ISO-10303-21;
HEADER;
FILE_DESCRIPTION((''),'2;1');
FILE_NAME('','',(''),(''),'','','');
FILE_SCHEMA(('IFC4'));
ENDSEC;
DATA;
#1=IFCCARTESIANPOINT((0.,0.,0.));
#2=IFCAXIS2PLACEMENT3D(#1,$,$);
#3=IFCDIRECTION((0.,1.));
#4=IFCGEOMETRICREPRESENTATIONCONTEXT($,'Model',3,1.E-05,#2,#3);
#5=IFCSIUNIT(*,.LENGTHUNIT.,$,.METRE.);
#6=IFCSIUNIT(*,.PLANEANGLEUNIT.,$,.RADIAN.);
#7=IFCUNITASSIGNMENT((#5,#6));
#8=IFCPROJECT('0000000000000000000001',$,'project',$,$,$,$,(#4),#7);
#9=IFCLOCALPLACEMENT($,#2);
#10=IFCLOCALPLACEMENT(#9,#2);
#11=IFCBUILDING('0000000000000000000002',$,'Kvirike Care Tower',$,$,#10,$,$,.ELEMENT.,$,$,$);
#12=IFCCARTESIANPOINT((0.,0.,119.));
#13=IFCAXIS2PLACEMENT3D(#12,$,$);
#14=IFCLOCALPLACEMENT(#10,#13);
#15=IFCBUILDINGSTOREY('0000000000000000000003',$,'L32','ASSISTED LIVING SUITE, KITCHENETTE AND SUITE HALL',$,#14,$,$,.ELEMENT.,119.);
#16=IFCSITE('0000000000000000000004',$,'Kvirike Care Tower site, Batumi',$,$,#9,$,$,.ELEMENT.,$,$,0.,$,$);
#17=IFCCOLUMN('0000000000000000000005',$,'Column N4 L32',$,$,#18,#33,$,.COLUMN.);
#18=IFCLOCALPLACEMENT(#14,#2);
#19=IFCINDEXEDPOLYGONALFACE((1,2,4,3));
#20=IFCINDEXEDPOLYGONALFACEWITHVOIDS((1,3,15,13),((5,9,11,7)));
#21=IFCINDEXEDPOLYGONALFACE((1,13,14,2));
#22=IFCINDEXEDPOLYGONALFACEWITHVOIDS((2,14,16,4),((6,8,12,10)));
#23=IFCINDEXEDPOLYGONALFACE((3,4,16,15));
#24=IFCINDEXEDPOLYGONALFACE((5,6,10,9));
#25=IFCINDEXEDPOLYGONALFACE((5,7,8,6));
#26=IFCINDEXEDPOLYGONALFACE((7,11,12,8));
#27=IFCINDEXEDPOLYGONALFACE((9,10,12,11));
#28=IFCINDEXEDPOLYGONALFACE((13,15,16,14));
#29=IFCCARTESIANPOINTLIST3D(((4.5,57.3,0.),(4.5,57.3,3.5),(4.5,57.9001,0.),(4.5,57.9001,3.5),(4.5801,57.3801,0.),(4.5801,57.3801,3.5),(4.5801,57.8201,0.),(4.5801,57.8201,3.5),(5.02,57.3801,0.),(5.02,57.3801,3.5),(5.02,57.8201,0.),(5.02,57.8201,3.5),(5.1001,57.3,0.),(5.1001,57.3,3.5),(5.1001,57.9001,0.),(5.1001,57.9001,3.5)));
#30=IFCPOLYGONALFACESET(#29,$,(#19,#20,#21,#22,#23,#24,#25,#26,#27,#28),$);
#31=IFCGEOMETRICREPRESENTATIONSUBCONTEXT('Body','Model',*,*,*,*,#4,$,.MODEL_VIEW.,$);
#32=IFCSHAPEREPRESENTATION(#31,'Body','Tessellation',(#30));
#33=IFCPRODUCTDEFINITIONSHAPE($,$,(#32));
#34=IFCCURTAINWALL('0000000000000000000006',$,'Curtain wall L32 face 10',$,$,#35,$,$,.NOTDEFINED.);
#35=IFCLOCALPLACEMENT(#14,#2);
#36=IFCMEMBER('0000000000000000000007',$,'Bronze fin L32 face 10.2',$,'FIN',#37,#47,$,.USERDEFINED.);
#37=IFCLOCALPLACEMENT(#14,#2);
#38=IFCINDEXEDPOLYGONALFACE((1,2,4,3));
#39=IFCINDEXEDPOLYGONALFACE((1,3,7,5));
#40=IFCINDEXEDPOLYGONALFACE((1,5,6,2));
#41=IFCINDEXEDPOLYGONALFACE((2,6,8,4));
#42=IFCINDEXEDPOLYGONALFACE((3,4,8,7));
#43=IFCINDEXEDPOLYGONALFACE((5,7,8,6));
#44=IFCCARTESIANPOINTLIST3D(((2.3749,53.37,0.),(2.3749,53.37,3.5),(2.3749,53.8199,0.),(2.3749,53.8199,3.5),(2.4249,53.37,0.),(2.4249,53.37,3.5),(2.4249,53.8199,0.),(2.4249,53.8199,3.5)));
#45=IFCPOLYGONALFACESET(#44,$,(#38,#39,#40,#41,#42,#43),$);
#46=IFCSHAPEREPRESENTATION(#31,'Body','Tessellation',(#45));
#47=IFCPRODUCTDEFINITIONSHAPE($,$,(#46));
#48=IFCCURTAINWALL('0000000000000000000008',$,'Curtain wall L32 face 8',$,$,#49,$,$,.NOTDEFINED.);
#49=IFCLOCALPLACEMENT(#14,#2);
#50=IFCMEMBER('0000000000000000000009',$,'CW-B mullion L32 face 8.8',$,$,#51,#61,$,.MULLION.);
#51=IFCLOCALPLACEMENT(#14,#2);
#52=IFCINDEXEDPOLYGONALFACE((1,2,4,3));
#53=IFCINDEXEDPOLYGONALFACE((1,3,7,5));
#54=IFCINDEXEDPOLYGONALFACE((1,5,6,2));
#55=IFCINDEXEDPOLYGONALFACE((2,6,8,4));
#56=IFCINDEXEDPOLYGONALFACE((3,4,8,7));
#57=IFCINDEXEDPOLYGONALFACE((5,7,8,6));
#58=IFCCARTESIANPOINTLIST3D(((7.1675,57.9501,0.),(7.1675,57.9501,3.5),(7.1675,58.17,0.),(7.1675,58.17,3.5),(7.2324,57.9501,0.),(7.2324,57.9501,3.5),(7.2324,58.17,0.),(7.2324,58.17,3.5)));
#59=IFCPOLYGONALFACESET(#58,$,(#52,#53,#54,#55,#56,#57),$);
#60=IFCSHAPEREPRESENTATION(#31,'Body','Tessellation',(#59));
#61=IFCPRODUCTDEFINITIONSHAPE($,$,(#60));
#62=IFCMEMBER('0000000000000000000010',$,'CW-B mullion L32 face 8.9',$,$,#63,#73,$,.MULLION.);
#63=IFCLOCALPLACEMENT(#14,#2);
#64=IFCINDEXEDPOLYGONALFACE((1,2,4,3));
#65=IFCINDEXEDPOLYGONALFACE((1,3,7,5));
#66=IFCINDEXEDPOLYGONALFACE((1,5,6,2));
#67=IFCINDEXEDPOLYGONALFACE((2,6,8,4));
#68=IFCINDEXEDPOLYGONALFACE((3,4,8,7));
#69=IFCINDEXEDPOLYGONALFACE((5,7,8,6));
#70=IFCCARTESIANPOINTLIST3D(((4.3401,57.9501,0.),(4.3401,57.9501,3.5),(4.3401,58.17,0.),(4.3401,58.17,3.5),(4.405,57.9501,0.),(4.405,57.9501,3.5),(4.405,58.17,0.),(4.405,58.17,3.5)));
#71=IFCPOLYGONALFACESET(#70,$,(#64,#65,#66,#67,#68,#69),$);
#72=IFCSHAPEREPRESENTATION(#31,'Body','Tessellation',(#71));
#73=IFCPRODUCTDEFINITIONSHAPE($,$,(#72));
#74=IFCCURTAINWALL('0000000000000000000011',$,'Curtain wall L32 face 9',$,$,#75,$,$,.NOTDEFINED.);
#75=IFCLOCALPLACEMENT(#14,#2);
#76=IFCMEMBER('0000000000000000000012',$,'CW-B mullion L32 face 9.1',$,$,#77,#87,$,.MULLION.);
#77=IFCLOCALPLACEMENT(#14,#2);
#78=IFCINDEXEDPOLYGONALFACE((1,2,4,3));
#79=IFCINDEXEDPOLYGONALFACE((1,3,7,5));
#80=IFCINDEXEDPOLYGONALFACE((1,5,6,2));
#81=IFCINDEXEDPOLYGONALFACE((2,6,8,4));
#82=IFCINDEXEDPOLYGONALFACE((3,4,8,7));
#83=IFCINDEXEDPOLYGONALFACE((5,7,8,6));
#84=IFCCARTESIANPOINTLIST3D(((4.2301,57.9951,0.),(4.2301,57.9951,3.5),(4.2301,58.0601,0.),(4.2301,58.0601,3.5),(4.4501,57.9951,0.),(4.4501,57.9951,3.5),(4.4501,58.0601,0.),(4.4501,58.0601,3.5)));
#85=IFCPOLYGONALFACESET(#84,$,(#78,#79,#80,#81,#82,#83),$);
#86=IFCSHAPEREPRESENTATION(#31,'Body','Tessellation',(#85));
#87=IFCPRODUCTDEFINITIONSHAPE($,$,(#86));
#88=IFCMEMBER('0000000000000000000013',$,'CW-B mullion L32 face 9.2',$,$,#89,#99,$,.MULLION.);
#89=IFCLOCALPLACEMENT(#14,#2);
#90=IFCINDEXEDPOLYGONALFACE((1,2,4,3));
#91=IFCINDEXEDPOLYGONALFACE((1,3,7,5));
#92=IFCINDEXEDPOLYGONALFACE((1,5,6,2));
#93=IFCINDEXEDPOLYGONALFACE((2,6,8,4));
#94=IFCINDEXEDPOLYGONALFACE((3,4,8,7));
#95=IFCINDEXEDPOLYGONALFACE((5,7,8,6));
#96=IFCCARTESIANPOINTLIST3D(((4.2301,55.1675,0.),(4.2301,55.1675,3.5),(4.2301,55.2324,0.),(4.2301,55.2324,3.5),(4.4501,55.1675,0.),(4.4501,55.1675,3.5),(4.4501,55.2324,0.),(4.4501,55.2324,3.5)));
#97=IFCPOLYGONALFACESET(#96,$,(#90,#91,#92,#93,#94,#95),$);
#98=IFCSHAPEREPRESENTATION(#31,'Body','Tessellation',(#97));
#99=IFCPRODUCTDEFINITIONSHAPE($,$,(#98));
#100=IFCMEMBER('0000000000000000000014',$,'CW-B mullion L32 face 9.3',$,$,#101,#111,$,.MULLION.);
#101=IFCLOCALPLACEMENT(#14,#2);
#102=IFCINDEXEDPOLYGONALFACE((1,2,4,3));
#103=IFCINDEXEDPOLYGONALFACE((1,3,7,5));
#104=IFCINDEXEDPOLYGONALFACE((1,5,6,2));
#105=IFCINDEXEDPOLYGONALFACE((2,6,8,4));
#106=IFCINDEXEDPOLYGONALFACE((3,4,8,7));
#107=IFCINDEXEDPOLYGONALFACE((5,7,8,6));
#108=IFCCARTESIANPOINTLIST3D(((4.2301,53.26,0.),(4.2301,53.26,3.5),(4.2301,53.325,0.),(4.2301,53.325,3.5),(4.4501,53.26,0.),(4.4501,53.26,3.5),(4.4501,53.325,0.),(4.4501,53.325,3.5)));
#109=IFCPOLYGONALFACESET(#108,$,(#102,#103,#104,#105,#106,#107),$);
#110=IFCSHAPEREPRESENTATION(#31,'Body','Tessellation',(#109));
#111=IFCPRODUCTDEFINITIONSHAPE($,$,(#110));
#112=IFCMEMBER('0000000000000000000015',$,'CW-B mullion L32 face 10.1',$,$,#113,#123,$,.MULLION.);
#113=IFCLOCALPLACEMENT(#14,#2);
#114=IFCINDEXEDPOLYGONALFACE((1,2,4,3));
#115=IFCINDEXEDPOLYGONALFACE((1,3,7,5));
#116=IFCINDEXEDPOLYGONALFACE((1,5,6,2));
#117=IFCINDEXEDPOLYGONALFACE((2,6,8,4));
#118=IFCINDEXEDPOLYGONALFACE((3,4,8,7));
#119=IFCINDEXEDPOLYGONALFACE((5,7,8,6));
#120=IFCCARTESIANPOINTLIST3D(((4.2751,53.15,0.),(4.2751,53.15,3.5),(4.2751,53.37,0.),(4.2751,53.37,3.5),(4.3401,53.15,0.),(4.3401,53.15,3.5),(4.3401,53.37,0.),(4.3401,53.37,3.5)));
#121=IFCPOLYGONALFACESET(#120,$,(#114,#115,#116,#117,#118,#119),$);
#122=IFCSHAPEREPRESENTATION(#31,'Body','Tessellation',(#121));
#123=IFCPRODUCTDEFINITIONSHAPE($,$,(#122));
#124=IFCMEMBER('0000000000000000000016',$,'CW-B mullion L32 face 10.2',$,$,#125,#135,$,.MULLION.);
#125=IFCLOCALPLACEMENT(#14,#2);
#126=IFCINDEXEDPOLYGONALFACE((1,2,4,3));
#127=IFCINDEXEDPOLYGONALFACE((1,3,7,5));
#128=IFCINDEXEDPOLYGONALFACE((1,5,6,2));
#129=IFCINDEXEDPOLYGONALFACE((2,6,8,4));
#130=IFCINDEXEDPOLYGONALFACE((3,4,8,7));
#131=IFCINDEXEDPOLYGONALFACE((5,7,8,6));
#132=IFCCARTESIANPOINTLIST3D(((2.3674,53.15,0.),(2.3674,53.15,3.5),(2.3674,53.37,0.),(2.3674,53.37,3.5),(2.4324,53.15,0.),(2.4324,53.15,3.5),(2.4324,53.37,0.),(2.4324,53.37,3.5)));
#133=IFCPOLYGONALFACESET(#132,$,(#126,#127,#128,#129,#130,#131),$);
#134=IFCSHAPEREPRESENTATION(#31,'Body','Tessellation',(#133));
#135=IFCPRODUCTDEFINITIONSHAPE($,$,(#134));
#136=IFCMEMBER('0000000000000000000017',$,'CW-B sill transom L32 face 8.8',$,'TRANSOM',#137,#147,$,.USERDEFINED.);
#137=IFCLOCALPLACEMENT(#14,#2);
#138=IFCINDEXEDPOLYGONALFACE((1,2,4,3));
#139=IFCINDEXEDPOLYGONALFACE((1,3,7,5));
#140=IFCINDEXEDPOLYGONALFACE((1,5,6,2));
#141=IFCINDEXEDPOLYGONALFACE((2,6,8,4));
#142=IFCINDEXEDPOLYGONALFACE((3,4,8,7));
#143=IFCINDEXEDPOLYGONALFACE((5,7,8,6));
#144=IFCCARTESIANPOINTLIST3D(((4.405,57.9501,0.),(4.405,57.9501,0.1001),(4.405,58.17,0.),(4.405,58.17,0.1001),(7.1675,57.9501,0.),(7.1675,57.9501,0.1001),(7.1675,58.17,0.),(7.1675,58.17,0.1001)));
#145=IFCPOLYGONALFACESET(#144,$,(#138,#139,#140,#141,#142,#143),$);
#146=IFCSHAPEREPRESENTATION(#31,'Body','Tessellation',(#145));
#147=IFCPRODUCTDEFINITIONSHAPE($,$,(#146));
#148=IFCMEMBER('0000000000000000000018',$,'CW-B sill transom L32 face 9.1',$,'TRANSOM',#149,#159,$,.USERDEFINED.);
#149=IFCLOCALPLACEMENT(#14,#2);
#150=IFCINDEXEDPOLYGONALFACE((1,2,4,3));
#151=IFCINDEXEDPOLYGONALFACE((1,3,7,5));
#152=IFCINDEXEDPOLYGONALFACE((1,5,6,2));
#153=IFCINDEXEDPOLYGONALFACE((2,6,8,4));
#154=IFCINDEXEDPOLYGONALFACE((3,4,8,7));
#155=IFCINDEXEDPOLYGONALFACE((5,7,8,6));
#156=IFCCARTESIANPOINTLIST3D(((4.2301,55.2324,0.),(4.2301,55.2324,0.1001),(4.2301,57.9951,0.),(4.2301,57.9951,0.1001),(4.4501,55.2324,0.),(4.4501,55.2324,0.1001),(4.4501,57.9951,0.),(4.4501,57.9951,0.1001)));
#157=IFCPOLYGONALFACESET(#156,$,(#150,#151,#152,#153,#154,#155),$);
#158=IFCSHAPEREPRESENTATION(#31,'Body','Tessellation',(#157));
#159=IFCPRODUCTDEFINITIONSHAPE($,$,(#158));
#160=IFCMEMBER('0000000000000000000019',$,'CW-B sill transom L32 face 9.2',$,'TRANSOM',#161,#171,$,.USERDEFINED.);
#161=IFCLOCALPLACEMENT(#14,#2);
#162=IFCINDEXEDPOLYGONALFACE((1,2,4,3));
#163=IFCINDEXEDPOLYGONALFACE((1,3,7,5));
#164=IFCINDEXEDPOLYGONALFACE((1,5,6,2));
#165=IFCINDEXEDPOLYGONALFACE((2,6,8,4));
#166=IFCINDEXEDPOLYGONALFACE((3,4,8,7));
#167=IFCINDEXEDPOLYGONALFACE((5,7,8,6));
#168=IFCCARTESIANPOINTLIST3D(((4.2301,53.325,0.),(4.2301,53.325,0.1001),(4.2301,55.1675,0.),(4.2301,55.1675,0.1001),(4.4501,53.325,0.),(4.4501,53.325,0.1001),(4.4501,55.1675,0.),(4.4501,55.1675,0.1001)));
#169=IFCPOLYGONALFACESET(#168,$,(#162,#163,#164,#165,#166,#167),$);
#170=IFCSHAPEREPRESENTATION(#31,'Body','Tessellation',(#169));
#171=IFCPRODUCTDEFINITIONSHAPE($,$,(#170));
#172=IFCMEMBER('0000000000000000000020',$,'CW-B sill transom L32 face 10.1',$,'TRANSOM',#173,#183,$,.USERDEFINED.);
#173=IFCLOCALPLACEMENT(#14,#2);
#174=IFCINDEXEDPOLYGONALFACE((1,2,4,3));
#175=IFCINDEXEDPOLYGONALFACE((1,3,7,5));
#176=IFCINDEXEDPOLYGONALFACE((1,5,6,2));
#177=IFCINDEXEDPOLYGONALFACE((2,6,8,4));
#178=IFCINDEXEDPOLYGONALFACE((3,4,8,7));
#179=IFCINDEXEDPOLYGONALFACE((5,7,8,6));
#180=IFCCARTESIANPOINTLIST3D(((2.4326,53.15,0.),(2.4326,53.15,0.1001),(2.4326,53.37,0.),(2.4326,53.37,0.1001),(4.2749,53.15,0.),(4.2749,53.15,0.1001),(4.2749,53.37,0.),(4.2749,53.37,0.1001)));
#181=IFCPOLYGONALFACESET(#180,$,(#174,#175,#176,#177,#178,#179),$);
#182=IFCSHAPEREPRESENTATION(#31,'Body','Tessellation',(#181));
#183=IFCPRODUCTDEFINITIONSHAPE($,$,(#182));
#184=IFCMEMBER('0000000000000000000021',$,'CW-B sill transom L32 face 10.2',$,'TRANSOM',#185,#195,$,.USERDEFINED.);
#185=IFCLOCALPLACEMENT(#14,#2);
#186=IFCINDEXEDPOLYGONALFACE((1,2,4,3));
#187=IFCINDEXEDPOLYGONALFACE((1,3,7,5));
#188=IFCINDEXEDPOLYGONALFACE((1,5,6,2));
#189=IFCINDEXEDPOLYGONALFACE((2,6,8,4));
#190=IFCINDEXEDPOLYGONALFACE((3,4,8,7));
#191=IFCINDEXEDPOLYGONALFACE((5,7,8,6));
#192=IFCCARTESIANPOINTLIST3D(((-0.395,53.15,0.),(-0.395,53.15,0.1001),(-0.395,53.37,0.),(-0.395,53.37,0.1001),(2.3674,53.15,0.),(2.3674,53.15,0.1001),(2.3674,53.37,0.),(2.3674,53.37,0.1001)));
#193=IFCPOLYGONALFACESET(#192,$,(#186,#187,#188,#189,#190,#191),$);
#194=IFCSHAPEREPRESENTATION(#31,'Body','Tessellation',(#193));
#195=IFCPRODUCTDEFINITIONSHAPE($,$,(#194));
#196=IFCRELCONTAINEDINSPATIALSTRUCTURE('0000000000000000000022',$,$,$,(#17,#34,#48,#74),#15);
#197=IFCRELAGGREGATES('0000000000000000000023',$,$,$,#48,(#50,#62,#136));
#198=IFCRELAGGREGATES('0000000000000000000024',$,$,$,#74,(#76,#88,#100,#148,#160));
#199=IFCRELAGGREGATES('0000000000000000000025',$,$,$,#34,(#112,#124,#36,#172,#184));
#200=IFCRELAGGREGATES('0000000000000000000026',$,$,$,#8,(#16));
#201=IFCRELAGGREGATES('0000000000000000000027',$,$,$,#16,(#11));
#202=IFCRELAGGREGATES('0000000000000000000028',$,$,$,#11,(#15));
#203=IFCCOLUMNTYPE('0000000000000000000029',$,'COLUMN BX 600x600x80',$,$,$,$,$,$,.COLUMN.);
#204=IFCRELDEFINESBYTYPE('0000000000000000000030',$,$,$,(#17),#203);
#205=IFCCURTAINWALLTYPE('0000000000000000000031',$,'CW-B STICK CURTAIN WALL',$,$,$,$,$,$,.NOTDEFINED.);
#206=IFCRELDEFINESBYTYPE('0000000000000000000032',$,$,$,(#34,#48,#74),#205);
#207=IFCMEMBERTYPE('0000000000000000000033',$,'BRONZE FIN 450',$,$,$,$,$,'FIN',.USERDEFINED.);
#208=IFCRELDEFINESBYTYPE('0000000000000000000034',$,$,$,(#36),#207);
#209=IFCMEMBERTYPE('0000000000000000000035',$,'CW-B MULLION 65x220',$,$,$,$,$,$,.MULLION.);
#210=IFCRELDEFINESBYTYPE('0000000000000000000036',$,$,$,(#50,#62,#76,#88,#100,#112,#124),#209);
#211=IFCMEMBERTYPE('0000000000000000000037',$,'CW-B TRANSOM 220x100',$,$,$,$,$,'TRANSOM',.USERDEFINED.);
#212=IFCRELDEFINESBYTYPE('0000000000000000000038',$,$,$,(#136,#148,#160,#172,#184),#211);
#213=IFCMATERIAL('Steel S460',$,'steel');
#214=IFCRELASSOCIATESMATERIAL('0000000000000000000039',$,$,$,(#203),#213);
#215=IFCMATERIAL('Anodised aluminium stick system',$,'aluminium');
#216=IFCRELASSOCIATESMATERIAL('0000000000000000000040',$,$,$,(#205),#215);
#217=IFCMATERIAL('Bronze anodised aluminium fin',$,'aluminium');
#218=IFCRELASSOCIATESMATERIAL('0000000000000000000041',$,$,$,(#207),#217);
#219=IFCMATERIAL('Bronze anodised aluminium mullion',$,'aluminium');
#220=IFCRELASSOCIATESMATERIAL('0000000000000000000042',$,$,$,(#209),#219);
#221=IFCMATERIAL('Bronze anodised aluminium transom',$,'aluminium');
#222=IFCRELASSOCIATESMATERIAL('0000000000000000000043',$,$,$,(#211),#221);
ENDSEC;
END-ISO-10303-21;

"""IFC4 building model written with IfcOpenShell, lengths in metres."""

from ifc_helpers import new_model, si_unit, direction, frame, origin, origin_2d, place, context, subcontext, project, spatial, rectangle, hollow_rectangle, extrude, material, material_profile, profile_set, type_object, element, aggregate, save


model = new_model("IFC4")

# Units and contexts
model_context = context("Model", 3, precision=1e-05, world=origin(), true_north=direction((0.0, 1.0)))
body_context = subcontext(model_context, "Body", "Model", "MODEL_VIEW")
ifc_project = project(units=[si_unit("LENGTHUNIT", "METRE"), si_unit("PLANEANGLEUNIT", "RADIAN")], contexts=[model_context])

# Site, building, storey
site_placement = place(None, origin())
site = spatial("IfcSite", under=ifc_project, at=site_placement, Name="Kvirike Care Tower site, Batumi", CompositionType="ELEMENT", RefElevation=0.0)
building_placement = place(site_placement, origin())
building = spatial("IfcBuilding", under=site, at=building_placement, Name="Kvirike Care Tower", CompositionType="ELEMENT")
storey_placement = place(building_placement, frame((0.0, 0.0, 119.0)))
storey = spatial("IfcBuildingStorey", under=building, at=storey_placement, Name="L32", Description="ASSISTED LIVING SUITE, KITCHENETTE AND SUITE HALL", CompositionType="ELEMENT", Elevation=119.0)

# Column
ifc_material_1 = material(Name="Steel S460", Category="steel")
ifc_material_profile_1 = material_profile(ifc_material_1, hollow_rectangle(XDim=0.6001, YDim=0.6001, WallThickness=0.0801, at=origin_2d()), Name="BX 600x600x80")
ifc_profile_set_1 = profile_set([ifc_material_profile_1], Name="Steel S460")
column_type = type_object("IfcColumnType", Name="COLUMN BX 600x600x80", PredefinedType="COLUMN", material=ifc_profile_set_1)
column_placement = place(storey_placement, frame((4.8, 57.6001, 0.0), z_axis=(0.0, 0.0, 1.0), x_axis=(0.0, 1.0, 0.0)))
element("IfcColumn", 1, at=column_placement, inside=storey, type_object=column_type, Name="Column N4 L32", PredefinedType="COLUMN", context=body_context, shape_type="SweptSolid", body=[
    extrude(hollow_rectangle(XDim=0.6001, YDim=0.6001, WallThickness=0.0801, at=origin_2d()), origin(), (0.0, 0.0, 1.0), 3.5),
])

# Curtain wall, member
ifc_material_2 = material(Name="Anodised aluminium stick system", Category="aluminium")
curtain_wall_type = type_object("IfcCurtainWallType", Name="CW-B STICK CURTAIN WALL", PredefinedType="NOTDEFINED", material=ifc_material_2)
curtain_wall_1_placement = place(storey_placement, origin())
curtain_wall_1 = element("IfcCurtainWall", 2, at=curtain_wall_1_placement, inside=storey, type_object=curtain_wall_type, Name="Curtain wall L32 face 10", PredefinedType="NOTDEFINED")
ifc_material_3 = material(Name="Bronze anodised aluminium fin", Category="aluminium")
ifc_material_profile_2 = material_profile(ifc_material_3, rectangle(XDim=0.05, YDim=0.45, at=origin_2d()), Name="BRONZE FIN 450")
ifc_profile_set_2 = profile_set([ifc_material_profile_2], Name="Bronze anodised aluminium fin")
member_type_1 = type_object("IfcMemberType", Name="BRONZE FIN 450", ElementType="FIN", PredefinedType="USERDEFINED", material=ifc_profile_set_2)
member_1_placement = place(storey_placement, frame((2.3999, 53.595, 0.0), z_axis=(0.0, 0.0, 1.0), x_axis=(-1.0, 0.0, 0.0)))
member_1 = element("IfcMember", 3, at=member_1_placement, type_object=member_type_1, Name="Bronze fin L32 face 10.2", ObjectType="FIN", PredefinedType="USERDEFINED", context=body_context, shape_type="SweptSolid", body=[
    extrude(rectangle(XDim=0.05, YDim=0.45, at=origin_2d()), origin(), (0.0, 0.0, 1.0), 3.5),
])

# Curtain walls, members
curtain_wall_2_placement = place(storey_placement, origin())
curtain_wall_2 = element("IfcCurtainWall", 4, at=curtain_wall_2_placement, inside=storey, type_object=curtain_wall_type, Name="Curtain wall L32 face 8", PredefinedType="NOTDEFINED")
ifc_material_4 = material(Name="Bronze anodised aluminium mullion", Category="aluminium")
ifc_material_profile_3 = material_profile(ifc_material_4, rectangle(XDim=0.0649, YDim=0.22, at=origin_2d()), Name="CW-B MULLION 65x220")
ifc_profile_set_3 = profile_set([ifc_material_profile_3], Name="Bronze anodised aluminium mullion")
member_type_2 = type_object("IfcMemberType", Name="CW-B MULLION 65x220", PredefinedType="MULLION", material=ifc_profile_set_3)
member_2_placement = place(storey_placement, frame((7.2, 58.0601, 0.0), z_axis=(0.0, 0.0, 1.0), x_axis=(-1.0, 0.0, 0.0)))
member_2 = element("IfcMember", 5, at=member_2_placement, type_object=member_type_2, Name="CW-B mullion L32 face 8.8", PredefinedType="MULLION", context=body_context, shape_type="SweptSolid", body=[
    extrude(rectangle(XDim=0.0649, YDim=0.22, at=origin_2d()), origin(), (0.0, 0.0, 1.0), 3.5),
])
member_3_placement = place(storey_placement, frame((4.3726, 58.0601, 0.0), z_axis=(0.0, 0.0, 1.0), x_axis=(-1.0, 0.0, 0.0)))
member_3 = element("IfcMember", 6, at=member_3_placement, type_object=member_type_2, Name="CW-B mullion L32 face 8.9", PredefinedType="MULLION", context=body_context, shape_type="SweptSolid", body=[
    extrude(rectangle(XDim=0.0649, YDim=0.22, at=origin_2d()), origin(), (0.0, 0.0, 1.0), 3.5),
])
curtain_wall_3_placement = place(storey_placement, origin())
curtain_wall_3 = element("IfcCurtainWall", 7, at=curtain_wall_3_placement, inside=storey, type_object=curtain_wall_type, Name="Curtain wall L32 face 9", PredefinedType="NOTDEFINED")
member_4_placement = place(storey_placement, frame((4.3401, 58.0276, 0.0), z_axis=(0.0, 0.0, 1.0), x_axis=(0.0, -1.0, 0.0)))
member_4 = element("IfcMember", 8, at=member_4_placement, type_object=member_type_2, Name="CW-B mullion L32 face 9.1", PredefinedType="MULLION", context=body_context, shape_type="SweptSolid", body=[
    extrude(rectangle(XDim=0.0649, YDim=0.22, at=origin_2d()), origin(), (0.0, 0.0, 1.0), 3.5),
])
member_5_placement = place(storey_placement, frame((4.3401, 55.2, 0.0), z_axis=(0.0, 0.0, 1.0), x_axis=(0.0, -1.0, 0.0)))
member_5 = element("IfcMember", 9, at=member_5_placement, type_object=member_type_2, Name="CW-B mullion L32 face 9.2", PredefinedType="MULLION", context=body_context, shape_type="SweptSolid", body=[
    extrude(rectangle(XDim=0.0649, YDim=0.22, at=origin_2d()), origin(), (0.0, 0.0, 1.0), 3.5),
])
member_6_placement = place(storey_placement, frame((4.3401, 53.2925, 0.0), z_axis=(0.0, 0.0, 1.0), x_axis=(0.0, -1.0, 0.0)))
member_6 = element("IfcMember", 10, at=member_6_placement, type_object=member_type_2, Name="CW-B mullion L32 face 9.3", PredefinedType="MULLION", context=body_context, shape_type="SweptSolid", body=[
    extrude(rectangle(XDim=0.0649, YDim=0.22, at=origin_2d()), origin(), (0.0, 0.0, 1.0), 3.5),
])

# Members
member_7_placement = place(storey_placement, frame((4.3076, 53.26, 0.0), z_axis=(0.0, 0.0, 1.0), x_axis=(-1.0, 0.0, 0.0)))
member_7 = element("IfcMember", 11, at=member_7_placement, type_object=member_type_2, Name="CW-B mullion L32 face 10.1", PredefinedType="MULLION", context=body_context, shape_type="SweptSolid", body=[
    extrude(rectangle(XDim=0.0649, YDim=0.22, at=origin_2d()), origin(), (0.0, 0.0, 1.0), 3.5),
])
member_8_placement = place(storey_placement, frame((2.3999, 53.26, 0.0), z_axis=(0.0, 0.0, 1.0), x_axis=(-1.0, 0.0, 0.0)))
member_8 = element("IfcMember", 12, at=member_8_placement, type_object=member_type_2, Name="CW-B mullion L32 face 10.2", PredefinedType="MULLION", context=body_context, shape_type="SweptSolid", body=[
    extrude(rectangle(XDim=0.0649, YDim=0.22, at=origin_2d()), origin(), (0.0, 0.0, 1.0), 3.5),
])
ifc_material_5 = material(Name="Bronze anodised aluminium transom", Category="aluminium")
ifc_material_profile_4 = material_profile(ifc_material_5, rectangle(XDim=0.22, YDim=0.1001, at=origin_2d()), Name="CW-B TRANSOM 220x100")
ifc_profile_set_4 = profile_set([ifc_material_profile_4], Name="Bronze anodised aluminium transom")
member_type_3 = type_object("IfcMemberType", Name="CW-B TRANSOM 220x100", ElementType="TRANSOM", PredefinedType="USERDEFINED", material=ifc_profile_set_4)
member_9_placement = place(storey_placement, frame((7.1675, 58.0601, 0.05), z_axis=(-1.0, 0.0, 0.0), x_axis=(0.0, -1.0, 0.0)))
member_9 = element("IfcMember", 13, at=member_9_placement, type_object=member_type_3, Name="CW-B sill transom L32 face 8.8", ObjectType="TRANSOM", PredefinedType="USERDEFINED", context=body_context, shape_type="SweptSolid", body=[
    extrude(rectangle(XDim=0.22, YDim=0.1001, at=origin_2d()), origin(), (0.0, 0.0, 1.0), 2.7625),
])
member_10_placement = place(storey_placement, frame((4.3401, 57.9951, 0.05), z_axis=(0.0, -1.0, 0.0), x_axis=(1.0, 0.0, 0.0)))
member_10 = element("IfcMember", 14, at=member_10_placement, type_object=member_type_3, Name="CW-B sill transom L32 face 9.1", ObjectType="TRANSOM", PredefinedType="USERDEFINED", context=body_context, shape_type="SweptSolid", body=[
    extrude(rectangle(XDim=0.22, YDim=0.1001, at=origin_2d()), origin(), (0.0, 0.0, 1.0), 2.7627),
])
member_11_placement = place(storey_placement, frame((4.3401, 55.1675, 0.05), z_axis=(0.0, -1.0, 0.0), x_axis=(1.0, 0.0, 0.0)))
member_11 = element("IfcMember", 15, at=member_11_placement, type_object=member_type_3, Name="CW-B sill transom L32 face 9.2", ObjectType="TRANSOM", PredefinedType="USERDEFINED", context=body_context, shape_type="SweptSolid", body=[
    extrude(rectangle(XDim=0.22, YDim=0.1001, at=origin_2d()), origin(), (0.0, 0.0, 1.0), 1.8425),
])
member_12_placement = place(storey_placement, frame((4.2749, 53.26, 0.05), z_axis=(-1.0, 0.0, 0.0), x_axis=(0.0, -1.0, 0.0)))
member_12 = element("IfcMember", 16, at=member_12_placement, type_object=member_type_3, Name="CW-B sill transom L32 face 10.1", ObjectType="TRANSOM", PredefinedType="USERDEFINED", context=body_context, shape_type="SweptSolid", body=[
    extrude(rectangle(XDim=0.22, YDim=0.1001, at=origin_2d()), origin(), (0.0, 0.0, 1.0), 1.8423),
])
member_13_placement = place(storey_placement, frame((2.3674, 53.26, 0.05), z_axis=(-1.0, 0.0, 0.0), x_axis=(0.0, -1.0, 0.0)))
member_13 = element("IfcMember", 17, at=member_13_placement, type_object=member_type_3, Name="CW-B sill transom L32 face 10.2", ObjectType="TRANSOM", PredefinedType="USERDEFINED", context=body_context, shape_type="SweptSolid", body=[
    extrude(rectangle(XDim=0.22, YDim=0.1001, at=origin_2d()), origin(), (0.0, 0.0, 1.0), 2.7625),
])

aggregate(curtain_wall_2, [member_2, member_3, member_9])
aggregate(curtain_wall_3, [member_4, member_5, member_6, member_10, member_11])
aggregate(curtain_wall_1, [member_7, member_8, member_1, member_12, member_13])

save(model, "model.ifc")
